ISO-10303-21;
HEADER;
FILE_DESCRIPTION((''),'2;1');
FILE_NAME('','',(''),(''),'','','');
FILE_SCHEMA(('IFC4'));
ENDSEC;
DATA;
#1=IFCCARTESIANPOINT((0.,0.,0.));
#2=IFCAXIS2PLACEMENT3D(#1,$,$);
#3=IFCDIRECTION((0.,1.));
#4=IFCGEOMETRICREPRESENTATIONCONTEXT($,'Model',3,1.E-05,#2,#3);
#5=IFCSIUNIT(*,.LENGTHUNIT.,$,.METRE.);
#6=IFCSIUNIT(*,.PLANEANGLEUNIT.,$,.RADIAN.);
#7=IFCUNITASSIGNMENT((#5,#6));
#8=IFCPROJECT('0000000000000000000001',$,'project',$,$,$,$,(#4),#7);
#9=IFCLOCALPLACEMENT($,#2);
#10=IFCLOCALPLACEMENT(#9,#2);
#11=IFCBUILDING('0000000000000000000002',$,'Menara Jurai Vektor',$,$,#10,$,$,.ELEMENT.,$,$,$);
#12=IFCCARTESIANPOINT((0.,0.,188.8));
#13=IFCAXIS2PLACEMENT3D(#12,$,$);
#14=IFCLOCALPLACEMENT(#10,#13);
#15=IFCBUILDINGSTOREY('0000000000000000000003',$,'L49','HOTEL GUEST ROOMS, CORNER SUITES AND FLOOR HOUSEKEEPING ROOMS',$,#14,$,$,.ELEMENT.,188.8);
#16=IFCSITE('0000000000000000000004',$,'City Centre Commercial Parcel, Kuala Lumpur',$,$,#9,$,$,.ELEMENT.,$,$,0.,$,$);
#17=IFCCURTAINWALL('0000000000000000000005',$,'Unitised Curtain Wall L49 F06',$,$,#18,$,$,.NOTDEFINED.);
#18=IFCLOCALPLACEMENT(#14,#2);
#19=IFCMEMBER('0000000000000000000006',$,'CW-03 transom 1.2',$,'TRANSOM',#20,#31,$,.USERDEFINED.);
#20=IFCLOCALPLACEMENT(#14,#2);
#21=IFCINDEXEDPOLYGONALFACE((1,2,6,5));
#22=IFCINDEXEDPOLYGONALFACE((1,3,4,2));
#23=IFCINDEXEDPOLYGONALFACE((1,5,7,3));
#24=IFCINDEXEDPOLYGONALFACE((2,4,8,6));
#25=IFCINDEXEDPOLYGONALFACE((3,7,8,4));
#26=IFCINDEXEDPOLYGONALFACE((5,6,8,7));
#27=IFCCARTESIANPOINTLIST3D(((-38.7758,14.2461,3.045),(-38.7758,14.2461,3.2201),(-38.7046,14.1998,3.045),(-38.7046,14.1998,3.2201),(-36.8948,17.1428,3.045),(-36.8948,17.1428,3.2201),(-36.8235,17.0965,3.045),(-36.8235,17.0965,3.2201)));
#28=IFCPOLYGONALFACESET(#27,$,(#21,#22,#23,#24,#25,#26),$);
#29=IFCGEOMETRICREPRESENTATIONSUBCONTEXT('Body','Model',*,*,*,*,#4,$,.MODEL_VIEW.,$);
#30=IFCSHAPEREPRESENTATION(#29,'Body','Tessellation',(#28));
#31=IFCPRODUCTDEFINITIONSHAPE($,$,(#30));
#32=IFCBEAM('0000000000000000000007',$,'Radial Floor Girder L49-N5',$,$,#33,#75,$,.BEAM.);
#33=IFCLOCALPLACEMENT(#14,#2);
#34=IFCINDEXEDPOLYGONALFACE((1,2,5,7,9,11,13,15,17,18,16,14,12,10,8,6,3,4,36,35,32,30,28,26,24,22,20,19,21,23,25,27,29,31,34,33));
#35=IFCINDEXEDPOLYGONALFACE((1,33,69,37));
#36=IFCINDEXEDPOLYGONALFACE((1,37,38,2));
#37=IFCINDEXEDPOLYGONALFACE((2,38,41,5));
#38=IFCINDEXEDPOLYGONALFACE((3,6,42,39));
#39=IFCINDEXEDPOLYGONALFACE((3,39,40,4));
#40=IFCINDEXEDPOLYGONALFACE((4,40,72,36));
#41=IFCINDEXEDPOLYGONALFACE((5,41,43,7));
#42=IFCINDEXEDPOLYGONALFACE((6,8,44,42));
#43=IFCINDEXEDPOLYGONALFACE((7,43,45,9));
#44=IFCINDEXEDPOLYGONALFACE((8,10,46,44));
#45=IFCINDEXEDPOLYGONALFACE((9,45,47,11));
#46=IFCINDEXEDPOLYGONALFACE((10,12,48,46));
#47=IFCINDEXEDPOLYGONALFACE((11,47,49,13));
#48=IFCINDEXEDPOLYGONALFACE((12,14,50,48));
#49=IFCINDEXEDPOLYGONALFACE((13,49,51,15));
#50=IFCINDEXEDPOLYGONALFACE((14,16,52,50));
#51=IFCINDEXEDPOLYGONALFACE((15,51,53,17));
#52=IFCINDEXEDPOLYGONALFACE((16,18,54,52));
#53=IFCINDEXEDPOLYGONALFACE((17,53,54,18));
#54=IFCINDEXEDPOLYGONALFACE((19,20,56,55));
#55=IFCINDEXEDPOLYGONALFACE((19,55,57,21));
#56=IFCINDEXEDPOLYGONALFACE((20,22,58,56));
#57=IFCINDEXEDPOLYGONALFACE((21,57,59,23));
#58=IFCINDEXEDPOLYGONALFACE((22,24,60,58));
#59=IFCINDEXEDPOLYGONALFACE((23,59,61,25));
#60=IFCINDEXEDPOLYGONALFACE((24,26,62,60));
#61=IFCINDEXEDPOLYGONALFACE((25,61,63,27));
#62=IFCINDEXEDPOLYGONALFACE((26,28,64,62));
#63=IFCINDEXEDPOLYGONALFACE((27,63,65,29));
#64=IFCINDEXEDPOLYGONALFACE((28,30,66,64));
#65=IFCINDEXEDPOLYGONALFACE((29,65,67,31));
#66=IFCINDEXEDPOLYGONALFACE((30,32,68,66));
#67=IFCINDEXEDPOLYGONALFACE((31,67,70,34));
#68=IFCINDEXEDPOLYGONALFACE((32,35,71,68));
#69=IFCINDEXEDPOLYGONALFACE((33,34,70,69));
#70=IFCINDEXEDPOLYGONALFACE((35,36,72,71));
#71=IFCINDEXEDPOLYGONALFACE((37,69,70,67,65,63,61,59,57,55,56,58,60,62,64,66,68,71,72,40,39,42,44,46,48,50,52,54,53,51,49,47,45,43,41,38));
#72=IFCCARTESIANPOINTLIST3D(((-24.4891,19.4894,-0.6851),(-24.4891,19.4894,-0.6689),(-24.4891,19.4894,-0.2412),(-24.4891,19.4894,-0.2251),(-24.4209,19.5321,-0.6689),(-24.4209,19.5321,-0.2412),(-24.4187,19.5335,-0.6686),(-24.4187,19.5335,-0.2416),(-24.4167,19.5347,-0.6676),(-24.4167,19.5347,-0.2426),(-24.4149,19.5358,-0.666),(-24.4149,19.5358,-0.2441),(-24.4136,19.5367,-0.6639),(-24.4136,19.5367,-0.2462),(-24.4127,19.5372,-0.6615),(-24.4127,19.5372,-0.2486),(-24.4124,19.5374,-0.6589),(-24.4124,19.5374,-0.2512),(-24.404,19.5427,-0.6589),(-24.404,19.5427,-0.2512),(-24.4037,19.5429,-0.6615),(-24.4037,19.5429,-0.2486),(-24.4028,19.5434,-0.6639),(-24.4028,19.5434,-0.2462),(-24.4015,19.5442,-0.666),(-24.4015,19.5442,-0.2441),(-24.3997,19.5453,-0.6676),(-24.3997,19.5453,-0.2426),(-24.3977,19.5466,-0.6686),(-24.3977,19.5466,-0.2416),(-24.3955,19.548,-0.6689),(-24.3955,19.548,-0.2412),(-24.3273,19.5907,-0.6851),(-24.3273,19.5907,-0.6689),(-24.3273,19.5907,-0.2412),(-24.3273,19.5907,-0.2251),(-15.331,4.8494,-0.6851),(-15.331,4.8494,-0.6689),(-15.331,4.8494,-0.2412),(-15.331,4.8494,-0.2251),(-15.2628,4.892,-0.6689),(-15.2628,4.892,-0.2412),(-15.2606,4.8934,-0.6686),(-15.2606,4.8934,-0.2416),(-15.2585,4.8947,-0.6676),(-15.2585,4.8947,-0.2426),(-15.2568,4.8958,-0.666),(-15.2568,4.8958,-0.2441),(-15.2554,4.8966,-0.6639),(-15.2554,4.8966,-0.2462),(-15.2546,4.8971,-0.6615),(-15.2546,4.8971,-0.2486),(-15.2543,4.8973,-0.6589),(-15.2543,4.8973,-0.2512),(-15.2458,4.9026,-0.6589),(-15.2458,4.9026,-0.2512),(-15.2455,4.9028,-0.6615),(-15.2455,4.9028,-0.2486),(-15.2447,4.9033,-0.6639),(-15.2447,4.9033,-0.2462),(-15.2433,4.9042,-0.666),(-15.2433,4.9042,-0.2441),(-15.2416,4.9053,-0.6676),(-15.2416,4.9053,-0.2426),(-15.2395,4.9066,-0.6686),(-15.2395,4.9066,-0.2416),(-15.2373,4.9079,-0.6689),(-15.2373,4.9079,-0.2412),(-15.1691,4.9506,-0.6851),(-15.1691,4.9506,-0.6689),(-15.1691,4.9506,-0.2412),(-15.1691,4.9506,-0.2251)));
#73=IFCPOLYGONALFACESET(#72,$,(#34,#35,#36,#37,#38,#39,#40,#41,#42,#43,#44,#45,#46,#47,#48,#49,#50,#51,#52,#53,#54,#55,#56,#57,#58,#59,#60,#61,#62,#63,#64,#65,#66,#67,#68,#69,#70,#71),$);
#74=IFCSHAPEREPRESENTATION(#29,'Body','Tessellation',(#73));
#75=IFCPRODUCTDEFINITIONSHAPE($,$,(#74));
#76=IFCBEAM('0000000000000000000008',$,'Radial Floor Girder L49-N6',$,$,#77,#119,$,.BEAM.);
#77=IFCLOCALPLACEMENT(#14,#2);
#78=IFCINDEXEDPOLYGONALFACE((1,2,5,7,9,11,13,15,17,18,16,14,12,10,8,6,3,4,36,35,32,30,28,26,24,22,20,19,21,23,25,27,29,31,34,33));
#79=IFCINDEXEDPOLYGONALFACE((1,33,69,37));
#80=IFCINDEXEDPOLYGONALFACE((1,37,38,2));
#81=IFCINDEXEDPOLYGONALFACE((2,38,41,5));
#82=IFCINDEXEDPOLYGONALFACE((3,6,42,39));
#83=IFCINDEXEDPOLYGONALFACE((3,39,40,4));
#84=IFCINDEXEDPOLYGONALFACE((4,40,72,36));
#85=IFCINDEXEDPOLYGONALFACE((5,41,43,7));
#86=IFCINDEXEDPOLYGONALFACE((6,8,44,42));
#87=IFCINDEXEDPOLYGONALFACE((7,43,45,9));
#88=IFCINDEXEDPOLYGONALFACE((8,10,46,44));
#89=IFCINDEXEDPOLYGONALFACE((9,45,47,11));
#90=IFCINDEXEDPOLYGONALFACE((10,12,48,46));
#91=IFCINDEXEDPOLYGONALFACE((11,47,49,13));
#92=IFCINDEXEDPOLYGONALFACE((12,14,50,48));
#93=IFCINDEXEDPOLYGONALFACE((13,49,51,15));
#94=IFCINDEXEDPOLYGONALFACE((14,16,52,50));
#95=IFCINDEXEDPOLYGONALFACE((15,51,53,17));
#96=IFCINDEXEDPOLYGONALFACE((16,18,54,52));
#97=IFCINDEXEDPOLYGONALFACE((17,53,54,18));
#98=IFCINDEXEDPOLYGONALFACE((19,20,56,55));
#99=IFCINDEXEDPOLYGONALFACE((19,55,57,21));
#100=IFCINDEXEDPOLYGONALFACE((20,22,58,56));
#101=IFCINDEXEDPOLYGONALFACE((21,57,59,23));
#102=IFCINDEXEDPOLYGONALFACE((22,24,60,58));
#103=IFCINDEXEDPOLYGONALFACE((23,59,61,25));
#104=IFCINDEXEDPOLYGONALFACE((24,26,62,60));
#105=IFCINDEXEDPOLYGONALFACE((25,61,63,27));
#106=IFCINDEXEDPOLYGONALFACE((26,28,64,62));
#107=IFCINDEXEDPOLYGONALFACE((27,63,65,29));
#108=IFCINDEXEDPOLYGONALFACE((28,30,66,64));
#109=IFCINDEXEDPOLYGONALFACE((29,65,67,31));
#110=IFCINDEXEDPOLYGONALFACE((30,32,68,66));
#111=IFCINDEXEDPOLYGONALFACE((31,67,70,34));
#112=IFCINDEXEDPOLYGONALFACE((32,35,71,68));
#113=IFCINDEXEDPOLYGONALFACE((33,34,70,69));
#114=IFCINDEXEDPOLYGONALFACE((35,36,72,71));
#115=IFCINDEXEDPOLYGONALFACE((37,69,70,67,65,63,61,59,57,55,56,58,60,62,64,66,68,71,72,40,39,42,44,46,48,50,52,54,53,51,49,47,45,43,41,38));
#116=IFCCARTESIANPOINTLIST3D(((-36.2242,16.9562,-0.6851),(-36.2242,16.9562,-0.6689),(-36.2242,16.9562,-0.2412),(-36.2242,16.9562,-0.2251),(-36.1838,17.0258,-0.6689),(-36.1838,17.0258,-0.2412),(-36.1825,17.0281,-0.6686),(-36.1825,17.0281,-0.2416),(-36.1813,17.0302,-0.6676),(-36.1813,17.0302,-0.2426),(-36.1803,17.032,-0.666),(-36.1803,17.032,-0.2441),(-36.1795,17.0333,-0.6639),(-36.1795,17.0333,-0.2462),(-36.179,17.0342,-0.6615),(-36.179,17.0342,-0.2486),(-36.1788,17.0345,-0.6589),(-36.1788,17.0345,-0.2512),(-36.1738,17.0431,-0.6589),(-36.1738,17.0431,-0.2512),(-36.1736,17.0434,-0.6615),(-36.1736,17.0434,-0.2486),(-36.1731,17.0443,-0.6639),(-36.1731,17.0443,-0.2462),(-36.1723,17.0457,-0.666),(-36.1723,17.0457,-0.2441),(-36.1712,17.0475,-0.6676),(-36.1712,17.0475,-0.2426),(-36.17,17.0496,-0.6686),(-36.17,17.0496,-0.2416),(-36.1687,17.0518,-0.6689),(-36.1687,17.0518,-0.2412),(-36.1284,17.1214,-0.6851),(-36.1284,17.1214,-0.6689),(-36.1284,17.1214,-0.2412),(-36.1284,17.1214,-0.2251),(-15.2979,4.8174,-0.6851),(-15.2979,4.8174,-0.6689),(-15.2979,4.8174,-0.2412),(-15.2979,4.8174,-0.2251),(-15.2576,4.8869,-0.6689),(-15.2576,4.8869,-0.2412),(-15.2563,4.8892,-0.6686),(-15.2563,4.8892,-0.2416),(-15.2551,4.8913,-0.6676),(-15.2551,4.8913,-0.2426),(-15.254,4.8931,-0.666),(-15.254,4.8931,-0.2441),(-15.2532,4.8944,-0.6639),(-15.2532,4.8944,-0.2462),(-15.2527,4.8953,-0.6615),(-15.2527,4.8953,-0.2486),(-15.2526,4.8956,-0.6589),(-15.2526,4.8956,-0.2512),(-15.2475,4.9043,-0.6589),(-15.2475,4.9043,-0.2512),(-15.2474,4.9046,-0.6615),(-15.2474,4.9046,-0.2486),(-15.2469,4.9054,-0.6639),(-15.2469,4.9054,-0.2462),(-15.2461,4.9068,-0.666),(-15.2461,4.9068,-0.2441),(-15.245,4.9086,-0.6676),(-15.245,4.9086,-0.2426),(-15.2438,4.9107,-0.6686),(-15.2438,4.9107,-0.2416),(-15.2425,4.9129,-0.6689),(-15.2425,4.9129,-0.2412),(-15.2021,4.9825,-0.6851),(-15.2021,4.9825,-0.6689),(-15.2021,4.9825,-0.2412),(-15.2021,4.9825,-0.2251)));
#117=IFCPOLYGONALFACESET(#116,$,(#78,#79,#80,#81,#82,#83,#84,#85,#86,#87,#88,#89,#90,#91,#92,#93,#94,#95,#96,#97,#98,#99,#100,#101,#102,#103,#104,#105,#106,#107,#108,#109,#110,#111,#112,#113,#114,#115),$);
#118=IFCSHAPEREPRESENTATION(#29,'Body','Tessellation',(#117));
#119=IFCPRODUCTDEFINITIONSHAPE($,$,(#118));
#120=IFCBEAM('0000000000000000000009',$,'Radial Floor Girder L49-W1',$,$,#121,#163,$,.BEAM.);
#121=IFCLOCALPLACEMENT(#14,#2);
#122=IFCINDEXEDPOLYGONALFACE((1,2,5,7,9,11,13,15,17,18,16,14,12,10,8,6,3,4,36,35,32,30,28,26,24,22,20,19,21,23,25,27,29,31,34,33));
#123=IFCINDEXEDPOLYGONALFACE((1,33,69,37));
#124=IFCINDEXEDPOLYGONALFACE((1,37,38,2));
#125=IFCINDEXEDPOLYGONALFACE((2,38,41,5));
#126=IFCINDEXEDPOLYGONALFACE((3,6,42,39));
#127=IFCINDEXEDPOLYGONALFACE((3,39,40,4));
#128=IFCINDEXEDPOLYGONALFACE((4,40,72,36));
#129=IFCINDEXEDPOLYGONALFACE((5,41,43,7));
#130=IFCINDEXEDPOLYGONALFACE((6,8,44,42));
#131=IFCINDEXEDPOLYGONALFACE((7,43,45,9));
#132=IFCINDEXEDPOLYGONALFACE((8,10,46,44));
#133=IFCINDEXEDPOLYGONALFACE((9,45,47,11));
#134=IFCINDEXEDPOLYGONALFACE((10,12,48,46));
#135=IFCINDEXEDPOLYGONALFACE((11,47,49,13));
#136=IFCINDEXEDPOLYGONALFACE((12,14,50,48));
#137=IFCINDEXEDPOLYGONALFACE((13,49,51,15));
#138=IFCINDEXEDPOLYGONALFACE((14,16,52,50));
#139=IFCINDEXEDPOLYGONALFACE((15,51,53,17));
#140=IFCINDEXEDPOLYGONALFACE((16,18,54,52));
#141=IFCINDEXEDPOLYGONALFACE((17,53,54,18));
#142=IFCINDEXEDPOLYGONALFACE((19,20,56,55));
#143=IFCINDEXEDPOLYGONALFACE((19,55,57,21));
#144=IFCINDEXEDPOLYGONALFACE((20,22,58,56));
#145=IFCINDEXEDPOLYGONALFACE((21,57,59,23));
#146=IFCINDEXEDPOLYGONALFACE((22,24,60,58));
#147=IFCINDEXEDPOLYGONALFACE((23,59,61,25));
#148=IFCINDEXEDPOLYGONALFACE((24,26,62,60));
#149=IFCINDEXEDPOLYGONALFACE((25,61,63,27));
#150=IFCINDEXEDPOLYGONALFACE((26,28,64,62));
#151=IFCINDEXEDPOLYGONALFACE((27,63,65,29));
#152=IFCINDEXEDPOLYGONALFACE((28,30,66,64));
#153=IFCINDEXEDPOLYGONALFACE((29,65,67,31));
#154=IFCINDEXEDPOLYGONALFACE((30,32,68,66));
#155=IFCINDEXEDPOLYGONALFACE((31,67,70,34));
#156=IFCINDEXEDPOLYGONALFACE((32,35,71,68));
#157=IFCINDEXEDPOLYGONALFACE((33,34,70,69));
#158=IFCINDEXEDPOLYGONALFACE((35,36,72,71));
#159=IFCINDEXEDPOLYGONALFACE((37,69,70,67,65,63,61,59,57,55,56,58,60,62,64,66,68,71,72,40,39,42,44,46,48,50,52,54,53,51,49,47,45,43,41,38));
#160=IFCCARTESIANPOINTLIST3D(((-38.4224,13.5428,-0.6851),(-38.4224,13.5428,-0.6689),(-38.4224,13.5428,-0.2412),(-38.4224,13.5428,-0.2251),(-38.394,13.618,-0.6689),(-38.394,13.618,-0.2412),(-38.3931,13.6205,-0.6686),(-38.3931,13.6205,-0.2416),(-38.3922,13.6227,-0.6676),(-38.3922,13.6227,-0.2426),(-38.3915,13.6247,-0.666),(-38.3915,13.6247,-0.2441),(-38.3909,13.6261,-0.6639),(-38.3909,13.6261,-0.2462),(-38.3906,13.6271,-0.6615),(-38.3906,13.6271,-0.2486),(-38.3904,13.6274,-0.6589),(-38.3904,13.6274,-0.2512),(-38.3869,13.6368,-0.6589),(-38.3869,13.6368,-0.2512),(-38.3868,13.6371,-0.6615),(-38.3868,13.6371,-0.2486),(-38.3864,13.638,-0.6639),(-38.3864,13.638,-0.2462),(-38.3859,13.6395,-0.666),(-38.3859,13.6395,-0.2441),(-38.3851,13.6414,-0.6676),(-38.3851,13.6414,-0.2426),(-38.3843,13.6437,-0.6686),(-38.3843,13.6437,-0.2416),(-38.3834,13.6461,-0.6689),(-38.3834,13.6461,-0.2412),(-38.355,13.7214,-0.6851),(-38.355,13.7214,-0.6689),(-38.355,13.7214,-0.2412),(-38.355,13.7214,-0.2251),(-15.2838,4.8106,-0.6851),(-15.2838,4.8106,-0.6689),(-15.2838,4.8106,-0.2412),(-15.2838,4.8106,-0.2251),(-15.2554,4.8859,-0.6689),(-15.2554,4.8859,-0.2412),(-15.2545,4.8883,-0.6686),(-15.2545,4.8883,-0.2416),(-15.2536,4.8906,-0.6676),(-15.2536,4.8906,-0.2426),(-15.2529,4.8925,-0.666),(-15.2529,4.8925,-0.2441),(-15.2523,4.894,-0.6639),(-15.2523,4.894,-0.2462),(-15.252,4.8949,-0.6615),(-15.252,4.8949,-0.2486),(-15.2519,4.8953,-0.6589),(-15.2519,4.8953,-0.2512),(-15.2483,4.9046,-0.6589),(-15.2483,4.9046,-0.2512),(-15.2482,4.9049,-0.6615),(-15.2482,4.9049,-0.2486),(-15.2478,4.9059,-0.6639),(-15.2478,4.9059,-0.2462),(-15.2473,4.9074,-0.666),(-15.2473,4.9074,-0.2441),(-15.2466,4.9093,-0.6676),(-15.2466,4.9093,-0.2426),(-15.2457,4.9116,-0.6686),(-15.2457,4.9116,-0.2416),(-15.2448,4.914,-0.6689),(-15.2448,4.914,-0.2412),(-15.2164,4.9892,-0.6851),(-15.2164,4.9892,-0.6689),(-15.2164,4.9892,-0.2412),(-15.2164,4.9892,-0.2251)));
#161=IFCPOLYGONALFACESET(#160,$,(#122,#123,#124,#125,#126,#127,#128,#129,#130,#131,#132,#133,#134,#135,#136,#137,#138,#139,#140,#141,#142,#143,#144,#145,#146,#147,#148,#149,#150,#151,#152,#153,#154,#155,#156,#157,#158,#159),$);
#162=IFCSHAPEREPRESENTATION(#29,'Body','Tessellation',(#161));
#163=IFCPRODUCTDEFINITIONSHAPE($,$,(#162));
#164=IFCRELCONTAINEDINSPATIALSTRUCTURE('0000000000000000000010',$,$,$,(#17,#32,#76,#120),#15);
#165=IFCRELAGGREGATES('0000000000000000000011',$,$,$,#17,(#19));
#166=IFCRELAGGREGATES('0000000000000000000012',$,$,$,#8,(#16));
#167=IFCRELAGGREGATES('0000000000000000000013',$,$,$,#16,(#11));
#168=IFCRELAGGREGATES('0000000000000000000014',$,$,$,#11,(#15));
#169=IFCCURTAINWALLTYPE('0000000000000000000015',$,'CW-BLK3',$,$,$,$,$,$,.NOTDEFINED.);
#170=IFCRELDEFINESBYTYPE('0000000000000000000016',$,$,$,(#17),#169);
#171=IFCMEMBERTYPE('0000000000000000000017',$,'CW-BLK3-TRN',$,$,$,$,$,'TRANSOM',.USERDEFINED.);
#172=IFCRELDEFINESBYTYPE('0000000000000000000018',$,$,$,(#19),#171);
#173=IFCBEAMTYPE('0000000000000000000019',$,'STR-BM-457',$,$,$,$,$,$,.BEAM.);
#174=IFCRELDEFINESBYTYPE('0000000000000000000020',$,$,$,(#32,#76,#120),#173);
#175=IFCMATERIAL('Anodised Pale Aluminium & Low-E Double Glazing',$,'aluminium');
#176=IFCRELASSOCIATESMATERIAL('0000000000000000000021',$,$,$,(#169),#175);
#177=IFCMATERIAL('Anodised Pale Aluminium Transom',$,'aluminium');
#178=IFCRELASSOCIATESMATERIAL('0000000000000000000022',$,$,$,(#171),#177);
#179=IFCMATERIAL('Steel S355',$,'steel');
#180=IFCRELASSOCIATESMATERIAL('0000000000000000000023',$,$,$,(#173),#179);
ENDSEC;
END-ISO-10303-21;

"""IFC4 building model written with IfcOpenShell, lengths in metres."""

from ifc_helpers import new_model, si_unit, direction, frame, origin, origin_2d, place, context, subcontext, project, spatial, rectangle, i_section, extrude, material, material_profile, profile_set, type_object, element, aggregate, save


model = new_model("IFC4")

# Units and contexts
model_context = context("Model", 3, precision=1e-05, world=origin(), true_north=direction((0.0, 1.0)))
body_context = subcontext(model_context, "Body", "Model", "MODEL_VIEW")
ifc_project = project(units=[si_unit("LENGTHUNIT", "METRE"), si_unit("PLANEANGLEUNIT", "RADIAN")], contexts=[model_context])

# Site, building, storey
site_placement = place(None, origin())
site = spatial("IfcSite", under=ifc_project, at=site_placement, Name="City Centre Commercial Parcel, Kuala Lumpur", CompositionType="ELEMENT", RefElevation=0.0)
building_placement = place(site_placement, origin())
building = spatial("IfcBuilding", under=site, at=building_placement, Name="Menara Jurai Vektor", CompositionType="ELEMENT")
storey_placement = place(building_placement, frame((0.0, 0.0, 188.8)))
storey = spatial("IfcBuildingStorey", under=building, at=storey_placement, Name="L49", Description="HOTEL GUEST ROOMS, CORNER SUITES AND FLOOR HOUSEKEEPING ROOMS", CompositionType="ELEMENT", Elevation=188.8)

# Curtain wall
ifc_material_1 = material(Name="Anodised Pale Aluminium & Low-E Double Glazing", Category="aluminium")
curtain_wall_type = type_object("IfcCurtainWallType", Name="CW-BLK3", PredefinedType="NOTDEFINED", material=ifc_material_1)
curtain_wall_1_placement = place(storey_placement, origin())
curtain_wall_1 = element("IfcCurtainWall", 1, at=curtain_wall_1_placement, inside=storey, type_object=curtain_wall_type, Name="Unitised Curtain Wall L49 F06", PredefinedType="NOTDEFINED")

# Member
ifc_material_2 = material(Name="Anodised Pale Aluminium Transom", Category="aluminium")
ifc_material_profile_1 = material_profile(ifc_material_2, rectangle(XDim=0.085, YDim=0.175, at=origin_2d()), Name="ALU TRN 85x175")
ifc_profile_set_1 = profile_set([ifc_material_profile_1], Name="Anodised Pale Aluminium Transom")
member_type_1 = type_object("IfcMemberType", Name="CW-BLK3-TRN", ElementType="TRANSOM", PredefinedType="USERDEFINED", material=ifc_profile_set_1)
member_1_placement = place(storey_placement, frame((-36.8591, 17.1196, 3.1326), z_axis=(-0.544628, -0.838678, 0.0), x_axis=(0.838678, -0.544628, 0.0)))
member_1 = element("IfcMember", 2, at=member_1_placement, type_object=member_type_1, Name="CW-03 transom 1.2", ObjectType="TRANSOM", PredefinedType="USERDEFINED", context=body_context, shape_type="SweptSolid", body=[
    extrude(rectangle(XDim=0.085, YDim=0.175, at=origin_2d()), origin(), (0.0, 0.0, 1.0), 3.4539),
])

# Beams
ifc_material_3 = material(Name="Steel S355", Category="steel")
ifc_material_profile_2 = material_profile(ifc_material_3, i_section(OverallWidth=0.1909, OverallDepth=0.46, WebThickness=0.01, FlangeThickness=0.0161, FilletRadius=0.01, at=origin_2d()), Name="UKB 457x191x82")
ifc_profile_set_2 = profile_set([ifc_material_profile_2], Name="Steel S355")
beam_type_1 = type_object("IfcBeamType", Name="STR-BM-457", PredefinedType="BEAM", material=ifc_profile_set_2)
beam_1_placement = place(storey_placement, frame((-24.4082, 19.54, -0.4551), z_axis=(0.530337, -0.847787, 0.0), x_axis=(0.847787, 0.530337, 0.0)))
element("IfcBeam", 3, at=beam_1_placement, inside=storey, type_object=beam_type_1, Name="Radial Floor Girder L49-N5", PredefinedType="BEAM", context=body_context, shape_type="SweptSolid", body=[
    extrude(i_section(OverallWidth=0.1909, OverallDepth=0.46, WebThickness=0.01, FlangeThickness=0.0161, FilletRadius=0.01, at=origin_2d()), origin(), (0.0, 0.0, 1.0), 17.2686),
])
beam_2_placement = place(storey_placement, frame((-36.1763, 17.0388, -0.4551), z_axis=(0.865001, -0.50177, 0.0), x_axis=(0.50177, 0.865001, 0.0)))
element("IfcBeam", 4, at=beam_2_placement, inside=storey, type_object=beam_type_1, Name="Radial Floor Girder L49-N6", PredefinedType="BEAM", context=body_context, shape_type="SweptSolid", body=[
    extrude(i_section(OverallWidth=0.1909, OverallDepth=0.46, WebThickness=0.01, FlangeThickness=0.0161, FilletRadius=0.01, at=origin_2d()), origin(), (0.0, 0.0, 1.0), 24.1921),
])
beam_3_placement = place(storey_placement, frame((-38.3887, 13.6321, -0.4551), z_axis=(0.935594, -0.353079, 0.0), x_axis=(0.353079, 0.935594, 0.0)))
element("IfcBeam", 5, at=beam_3_placement, inside=storey, type_object=beam_type_1, Name="Radial Floor Girder L49-W1", PredefinedType="BEAM", context=body_context, shape_type="SweptSolid", body=[
    extrude(i_section(OverallWidth=0.1909, OverallDepth=0.46, WebThickness=0.01, FlangeThickness=0.0161, FilletRadius=0.01, at=origin_2d()), origin(), (0.0, 0.0, 1.0), 24.7314),
])

aggregate(curtain_wall_1, [member_1])

save(model, "model.ifc")
